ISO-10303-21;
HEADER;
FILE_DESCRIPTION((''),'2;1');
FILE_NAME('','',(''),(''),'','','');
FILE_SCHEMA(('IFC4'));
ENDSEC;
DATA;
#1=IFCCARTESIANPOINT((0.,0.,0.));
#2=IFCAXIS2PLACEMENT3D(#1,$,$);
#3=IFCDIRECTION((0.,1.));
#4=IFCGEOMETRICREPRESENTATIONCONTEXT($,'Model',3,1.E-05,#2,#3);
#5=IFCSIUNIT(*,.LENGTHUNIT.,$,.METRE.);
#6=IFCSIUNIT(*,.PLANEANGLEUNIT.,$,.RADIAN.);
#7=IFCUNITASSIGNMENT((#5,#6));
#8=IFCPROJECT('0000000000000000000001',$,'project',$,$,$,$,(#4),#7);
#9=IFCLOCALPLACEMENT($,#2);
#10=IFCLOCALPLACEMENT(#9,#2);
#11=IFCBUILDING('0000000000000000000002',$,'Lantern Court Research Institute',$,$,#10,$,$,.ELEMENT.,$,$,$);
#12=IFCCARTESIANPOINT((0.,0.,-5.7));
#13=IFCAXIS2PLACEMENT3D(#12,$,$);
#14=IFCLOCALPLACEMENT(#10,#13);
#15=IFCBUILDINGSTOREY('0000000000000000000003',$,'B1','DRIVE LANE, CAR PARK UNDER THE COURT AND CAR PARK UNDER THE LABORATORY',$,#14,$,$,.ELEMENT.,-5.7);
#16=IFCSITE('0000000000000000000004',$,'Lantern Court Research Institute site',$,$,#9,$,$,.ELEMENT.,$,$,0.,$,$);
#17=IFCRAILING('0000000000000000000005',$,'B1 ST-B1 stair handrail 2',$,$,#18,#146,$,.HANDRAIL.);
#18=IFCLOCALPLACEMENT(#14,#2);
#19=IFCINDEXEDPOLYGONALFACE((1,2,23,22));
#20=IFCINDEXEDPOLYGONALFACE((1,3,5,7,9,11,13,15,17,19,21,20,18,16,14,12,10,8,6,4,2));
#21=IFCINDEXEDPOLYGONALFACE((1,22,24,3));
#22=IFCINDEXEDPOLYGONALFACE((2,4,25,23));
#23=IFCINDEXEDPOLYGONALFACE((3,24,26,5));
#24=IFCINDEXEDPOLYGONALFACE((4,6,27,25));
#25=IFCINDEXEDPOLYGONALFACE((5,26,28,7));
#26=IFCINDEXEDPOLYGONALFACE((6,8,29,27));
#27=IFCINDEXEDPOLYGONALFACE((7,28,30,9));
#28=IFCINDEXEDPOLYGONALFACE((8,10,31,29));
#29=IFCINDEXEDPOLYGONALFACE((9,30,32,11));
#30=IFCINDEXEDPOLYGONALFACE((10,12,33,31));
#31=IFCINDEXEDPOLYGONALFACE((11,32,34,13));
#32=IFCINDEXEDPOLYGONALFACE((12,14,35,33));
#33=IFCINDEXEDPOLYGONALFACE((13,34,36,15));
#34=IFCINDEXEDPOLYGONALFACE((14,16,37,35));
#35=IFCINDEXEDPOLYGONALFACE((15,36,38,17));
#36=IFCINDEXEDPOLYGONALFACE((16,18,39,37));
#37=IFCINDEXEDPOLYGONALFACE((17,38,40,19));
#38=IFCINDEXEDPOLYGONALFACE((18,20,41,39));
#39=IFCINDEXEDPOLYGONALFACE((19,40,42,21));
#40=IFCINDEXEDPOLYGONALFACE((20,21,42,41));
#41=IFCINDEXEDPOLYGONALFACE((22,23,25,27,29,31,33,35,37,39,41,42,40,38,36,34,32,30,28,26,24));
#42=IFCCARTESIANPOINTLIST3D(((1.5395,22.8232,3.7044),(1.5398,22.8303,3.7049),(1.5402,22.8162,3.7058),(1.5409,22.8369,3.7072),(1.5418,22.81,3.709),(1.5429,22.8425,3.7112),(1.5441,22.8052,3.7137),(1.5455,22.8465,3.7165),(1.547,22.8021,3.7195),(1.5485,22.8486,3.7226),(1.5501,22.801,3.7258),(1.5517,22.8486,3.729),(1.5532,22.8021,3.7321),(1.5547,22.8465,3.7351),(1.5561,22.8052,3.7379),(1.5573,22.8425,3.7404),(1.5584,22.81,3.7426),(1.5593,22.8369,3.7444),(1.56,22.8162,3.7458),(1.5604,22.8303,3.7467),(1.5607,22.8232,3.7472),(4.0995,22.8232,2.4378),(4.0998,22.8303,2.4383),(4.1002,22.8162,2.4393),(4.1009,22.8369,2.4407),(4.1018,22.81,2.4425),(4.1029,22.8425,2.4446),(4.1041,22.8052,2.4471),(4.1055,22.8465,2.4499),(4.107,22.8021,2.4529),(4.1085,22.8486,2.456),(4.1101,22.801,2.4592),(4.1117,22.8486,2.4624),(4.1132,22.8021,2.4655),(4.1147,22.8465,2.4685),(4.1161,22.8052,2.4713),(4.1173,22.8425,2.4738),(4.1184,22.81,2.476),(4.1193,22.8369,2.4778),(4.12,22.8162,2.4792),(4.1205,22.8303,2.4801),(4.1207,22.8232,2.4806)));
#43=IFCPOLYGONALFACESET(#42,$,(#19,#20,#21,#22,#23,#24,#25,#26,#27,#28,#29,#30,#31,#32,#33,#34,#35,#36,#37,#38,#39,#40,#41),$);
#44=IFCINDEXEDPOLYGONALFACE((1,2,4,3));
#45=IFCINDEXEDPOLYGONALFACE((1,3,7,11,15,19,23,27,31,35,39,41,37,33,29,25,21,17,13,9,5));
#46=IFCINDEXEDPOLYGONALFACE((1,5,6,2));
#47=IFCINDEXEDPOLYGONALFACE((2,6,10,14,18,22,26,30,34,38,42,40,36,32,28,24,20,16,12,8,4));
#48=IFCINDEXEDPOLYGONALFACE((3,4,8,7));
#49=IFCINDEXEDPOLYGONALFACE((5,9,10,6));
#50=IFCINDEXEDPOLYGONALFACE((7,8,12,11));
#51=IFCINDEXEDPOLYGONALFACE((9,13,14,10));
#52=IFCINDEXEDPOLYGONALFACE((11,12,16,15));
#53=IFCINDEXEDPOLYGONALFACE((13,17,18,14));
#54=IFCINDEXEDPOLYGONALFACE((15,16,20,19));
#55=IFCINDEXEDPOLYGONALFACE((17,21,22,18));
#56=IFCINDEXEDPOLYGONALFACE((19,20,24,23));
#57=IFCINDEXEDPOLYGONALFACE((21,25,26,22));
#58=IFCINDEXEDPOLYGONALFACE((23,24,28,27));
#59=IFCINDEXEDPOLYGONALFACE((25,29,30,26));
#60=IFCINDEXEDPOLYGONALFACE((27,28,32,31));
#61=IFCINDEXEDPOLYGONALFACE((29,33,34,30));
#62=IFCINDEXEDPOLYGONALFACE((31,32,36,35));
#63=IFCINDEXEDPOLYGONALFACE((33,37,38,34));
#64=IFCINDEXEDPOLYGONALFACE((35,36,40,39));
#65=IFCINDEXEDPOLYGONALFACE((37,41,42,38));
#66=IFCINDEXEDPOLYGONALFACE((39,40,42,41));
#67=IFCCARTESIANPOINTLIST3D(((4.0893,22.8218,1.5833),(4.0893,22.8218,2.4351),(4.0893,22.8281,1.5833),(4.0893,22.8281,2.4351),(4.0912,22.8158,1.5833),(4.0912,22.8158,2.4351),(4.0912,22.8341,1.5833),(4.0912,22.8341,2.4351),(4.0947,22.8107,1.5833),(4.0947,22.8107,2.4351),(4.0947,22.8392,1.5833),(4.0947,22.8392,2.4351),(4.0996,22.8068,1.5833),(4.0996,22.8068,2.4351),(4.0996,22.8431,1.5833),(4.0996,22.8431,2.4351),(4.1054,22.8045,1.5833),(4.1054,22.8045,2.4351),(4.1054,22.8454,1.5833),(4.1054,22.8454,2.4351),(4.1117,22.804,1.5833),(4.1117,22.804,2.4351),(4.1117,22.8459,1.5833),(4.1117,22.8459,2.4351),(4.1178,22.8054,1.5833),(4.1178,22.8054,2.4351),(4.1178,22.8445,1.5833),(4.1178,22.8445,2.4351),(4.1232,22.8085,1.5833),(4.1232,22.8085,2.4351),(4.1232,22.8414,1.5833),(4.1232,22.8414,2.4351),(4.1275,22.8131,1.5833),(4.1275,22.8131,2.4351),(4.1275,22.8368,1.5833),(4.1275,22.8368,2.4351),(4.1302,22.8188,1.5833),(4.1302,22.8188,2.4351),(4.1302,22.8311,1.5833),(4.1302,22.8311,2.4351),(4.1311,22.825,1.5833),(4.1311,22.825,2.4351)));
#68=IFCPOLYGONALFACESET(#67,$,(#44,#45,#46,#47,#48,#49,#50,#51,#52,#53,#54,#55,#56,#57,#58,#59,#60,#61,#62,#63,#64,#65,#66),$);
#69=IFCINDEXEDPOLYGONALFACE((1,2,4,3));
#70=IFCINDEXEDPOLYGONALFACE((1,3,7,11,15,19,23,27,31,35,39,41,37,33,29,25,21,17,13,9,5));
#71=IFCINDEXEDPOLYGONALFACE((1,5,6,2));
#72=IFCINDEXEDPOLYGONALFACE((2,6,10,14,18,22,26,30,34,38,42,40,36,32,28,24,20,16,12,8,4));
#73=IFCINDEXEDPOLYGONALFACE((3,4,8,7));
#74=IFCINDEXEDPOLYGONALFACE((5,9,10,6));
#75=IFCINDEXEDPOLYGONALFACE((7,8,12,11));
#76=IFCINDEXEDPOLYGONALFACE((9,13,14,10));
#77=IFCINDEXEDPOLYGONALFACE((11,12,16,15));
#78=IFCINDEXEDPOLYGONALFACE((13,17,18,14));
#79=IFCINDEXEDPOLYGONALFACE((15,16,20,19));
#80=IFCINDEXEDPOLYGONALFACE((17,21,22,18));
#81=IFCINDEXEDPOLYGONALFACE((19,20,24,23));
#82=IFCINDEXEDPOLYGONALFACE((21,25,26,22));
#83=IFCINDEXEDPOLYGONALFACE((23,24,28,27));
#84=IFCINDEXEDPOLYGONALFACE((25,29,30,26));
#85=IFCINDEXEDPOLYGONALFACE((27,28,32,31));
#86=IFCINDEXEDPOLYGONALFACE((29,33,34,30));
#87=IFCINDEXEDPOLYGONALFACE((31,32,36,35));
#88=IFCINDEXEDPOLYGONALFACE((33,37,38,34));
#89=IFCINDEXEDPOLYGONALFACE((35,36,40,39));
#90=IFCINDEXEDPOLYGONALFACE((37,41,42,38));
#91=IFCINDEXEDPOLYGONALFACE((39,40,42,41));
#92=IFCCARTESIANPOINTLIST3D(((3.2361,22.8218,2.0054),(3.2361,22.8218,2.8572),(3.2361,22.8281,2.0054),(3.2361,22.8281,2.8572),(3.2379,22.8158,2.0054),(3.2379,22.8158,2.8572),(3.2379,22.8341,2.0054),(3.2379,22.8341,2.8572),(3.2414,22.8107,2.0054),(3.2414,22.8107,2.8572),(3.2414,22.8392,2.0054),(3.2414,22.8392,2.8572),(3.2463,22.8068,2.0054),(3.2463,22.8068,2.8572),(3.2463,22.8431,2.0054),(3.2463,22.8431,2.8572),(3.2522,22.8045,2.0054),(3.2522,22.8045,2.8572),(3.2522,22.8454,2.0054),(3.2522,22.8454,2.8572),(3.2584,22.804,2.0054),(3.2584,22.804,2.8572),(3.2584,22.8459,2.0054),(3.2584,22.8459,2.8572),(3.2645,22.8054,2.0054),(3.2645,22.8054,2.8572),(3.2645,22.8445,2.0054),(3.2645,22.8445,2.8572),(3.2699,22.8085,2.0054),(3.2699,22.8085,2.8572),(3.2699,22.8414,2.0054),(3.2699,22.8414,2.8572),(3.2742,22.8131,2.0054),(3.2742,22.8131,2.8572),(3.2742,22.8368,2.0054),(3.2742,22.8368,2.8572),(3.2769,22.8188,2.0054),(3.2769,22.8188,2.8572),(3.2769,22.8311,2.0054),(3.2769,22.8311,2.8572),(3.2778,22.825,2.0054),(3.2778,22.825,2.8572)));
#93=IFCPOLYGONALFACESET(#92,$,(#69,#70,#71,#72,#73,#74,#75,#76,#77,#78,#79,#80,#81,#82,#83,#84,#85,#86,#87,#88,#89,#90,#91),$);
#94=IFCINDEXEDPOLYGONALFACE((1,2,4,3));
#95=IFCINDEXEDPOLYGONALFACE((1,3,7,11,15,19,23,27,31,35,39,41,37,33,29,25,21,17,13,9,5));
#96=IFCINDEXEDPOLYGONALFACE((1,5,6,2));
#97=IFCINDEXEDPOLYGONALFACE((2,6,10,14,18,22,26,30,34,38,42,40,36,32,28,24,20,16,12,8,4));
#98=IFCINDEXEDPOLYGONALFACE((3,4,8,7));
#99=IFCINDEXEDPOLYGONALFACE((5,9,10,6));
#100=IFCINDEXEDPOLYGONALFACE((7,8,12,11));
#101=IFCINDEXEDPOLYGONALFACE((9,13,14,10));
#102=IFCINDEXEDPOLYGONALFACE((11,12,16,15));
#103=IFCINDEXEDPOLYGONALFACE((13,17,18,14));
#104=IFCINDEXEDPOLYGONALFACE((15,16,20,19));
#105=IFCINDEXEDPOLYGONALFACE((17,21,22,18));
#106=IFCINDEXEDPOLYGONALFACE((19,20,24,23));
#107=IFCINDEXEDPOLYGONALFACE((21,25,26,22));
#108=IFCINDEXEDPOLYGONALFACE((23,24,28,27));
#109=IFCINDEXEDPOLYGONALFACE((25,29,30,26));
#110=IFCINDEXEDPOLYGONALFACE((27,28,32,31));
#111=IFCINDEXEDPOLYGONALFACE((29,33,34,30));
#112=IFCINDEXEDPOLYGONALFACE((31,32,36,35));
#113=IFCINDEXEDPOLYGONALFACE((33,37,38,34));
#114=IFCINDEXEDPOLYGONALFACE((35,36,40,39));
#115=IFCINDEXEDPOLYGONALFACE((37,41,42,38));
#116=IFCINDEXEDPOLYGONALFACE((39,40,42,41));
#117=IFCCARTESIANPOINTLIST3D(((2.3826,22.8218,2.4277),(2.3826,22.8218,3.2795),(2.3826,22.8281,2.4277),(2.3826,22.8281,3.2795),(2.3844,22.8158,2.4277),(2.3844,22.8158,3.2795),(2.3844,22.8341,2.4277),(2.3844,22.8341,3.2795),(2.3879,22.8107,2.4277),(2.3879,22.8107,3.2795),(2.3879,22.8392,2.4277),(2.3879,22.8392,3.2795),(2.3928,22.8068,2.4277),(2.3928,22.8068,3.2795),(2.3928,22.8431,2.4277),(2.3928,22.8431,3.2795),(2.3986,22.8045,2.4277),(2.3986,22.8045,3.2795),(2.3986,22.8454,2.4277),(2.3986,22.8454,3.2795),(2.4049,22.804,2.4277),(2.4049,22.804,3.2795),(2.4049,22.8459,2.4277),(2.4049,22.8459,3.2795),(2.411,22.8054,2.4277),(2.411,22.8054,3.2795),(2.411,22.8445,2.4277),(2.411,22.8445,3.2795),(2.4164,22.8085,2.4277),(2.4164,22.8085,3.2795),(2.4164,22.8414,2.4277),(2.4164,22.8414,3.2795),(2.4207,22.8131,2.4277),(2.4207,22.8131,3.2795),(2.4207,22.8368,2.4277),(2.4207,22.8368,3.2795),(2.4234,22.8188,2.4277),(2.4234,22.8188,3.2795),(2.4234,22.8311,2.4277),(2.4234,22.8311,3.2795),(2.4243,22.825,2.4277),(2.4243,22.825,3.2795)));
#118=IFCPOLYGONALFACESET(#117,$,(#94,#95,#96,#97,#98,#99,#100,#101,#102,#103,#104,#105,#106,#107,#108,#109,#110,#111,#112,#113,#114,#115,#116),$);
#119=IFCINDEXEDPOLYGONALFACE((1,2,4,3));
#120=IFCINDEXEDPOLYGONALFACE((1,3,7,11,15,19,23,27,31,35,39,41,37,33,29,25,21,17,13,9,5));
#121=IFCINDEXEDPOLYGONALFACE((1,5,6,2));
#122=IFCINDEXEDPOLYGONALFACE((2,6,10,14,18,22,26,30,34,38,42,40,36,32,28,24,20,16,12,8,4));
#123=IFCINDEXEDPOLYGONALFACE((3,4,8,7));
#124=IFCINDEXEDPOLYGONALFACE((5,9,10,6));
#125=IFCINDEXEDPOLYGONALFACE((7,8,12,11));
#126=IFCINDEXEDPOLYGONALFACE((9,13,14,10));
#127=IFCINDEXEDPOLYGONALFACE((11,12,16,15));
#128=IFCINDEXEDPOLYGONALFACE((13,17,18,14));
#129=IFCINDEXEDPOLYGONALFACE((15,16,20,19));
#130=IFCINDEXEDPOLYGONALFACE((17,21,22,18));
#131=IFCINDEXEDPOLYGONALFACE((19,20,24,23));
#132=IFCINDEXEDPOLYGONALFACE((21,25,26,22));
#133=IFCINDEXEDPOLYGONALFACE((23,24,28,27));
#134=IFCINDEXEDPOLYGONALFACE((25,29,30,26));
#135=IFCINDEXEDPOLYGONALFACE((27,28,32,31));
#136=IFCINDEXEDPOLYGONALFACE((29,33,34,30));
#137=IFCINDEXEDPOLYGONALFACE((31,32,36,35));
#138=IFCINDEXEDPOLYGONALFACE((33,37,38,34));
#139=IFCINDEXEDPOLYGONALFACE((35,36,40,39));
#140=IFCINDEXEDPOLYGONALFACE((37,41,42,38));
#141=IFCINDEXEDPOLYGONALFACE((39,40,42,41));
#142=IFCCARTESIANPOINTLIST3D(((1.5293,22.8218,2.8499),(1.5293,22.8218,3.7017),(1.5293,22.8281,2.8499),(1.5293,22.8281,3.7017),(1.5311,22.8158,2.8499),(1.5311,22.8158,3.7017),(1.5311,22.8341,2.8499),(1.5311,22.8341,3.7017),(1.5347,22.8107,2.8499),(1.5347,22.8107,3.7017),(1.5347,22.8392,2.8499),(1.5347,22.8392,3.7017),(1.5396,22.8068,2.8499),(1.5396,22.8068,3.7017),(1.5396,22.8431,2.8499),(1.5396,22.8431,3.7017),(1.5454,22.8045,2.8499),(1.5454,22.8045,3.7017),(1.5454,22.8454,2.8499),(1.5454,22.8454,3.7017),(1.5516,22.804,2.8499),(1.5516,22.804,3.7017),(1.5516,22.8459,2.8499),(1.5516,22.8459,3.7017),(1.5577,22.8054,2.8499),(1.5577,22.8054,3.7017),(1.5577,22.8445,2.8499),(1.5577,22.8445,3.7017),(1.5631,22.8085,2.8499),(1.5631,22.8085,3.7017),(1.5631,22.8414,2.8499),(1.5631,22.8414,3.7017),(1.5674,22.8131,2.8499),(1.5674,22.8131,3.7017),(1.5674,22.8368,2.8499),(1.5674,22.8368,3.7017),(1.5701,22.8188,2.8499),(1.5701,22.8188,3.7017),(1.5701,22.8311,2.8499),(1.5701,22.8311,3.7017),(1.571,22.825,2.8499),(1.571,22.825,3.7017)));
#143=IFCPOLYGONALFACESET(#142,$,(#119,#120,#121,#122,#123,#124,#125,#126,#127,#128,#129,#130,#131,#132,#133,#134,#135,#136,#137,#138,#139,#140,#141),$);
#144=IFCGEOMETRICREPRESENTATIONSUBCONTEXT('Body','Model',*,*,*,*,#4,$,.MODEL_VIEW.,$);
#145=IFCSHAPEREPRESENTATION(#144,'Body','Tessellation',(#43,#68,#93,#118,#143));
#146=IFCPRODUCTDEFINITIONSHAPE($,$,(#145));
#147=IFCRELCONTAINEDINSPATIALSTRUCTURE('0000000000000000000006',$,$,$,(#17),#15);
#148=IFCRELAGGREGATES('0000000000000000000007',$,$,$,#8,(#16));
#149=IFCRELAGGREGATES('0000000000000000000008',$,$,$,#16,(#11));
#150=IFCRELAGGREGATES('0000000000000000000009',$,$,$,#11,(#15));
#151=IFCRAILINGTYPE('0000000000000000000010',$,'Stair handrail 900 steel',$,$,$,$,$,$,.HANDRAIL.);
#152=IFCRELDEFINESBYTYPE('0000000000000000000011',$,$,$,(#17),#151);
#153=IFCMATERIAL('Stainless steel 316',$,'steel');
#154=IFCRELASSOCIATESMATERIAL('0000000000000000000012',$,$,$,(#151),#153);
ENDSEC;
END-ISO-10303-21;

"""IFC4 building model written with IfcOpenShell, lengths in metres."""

from ifc_helpers import new_model, si_unit, direction, frame, origin, origin_2d, place, context, subcontext, project, spatial, circle, extrude, material, type_object, element, save


model = new_model("IFC4")

# Units and contexts
model_context = context("Model", 3, precision=1e-05, world=origin(), true_north=direction((0.0, 1.0)))
body_context = subcontext(model_context, "Body", "Model", "MODEL_VIEW")
ifc_project = project(units=[si_unit("LENGTHUNIT", "METRE"), si_unit("PLANEANGLEUNIT", "RADIAN")], contexts=[model_context])

# Site, building, storey
site_placement = place(None, origin())
site = spatial("IfcSite", under=ifc_project, at=site_placement, Name="Lantern Court Research Institute site", CompositionType="ELEMENT", RefElevation=0.0)
building_placement = place(site_placement, origin())
building = spatial("IfcBuilding", under=site, at=building_placement, Name="Lantern Court Research Institute", CompositionType="ELEMENT")
storey_placement = place(building_placement, frame((0.0, 0.0, -5.7)))
storey = spatial("IfcBuildingStorey", under=building, at=storey_placement, Name="B1", Description="DRIVE LANE, CAR PARK UNDER THE COURT AND CAR PARK UNDER THE LABORATORY", CompositionType="ELEMENT", Elevation=-5.7)

# Railing
ifc_material_1 = material(Name="Stainless steel 316", Category="steel")
railing_type_1 = type_object("IfcRailingType", Name="Stair handrail 900 steel", PredefinedType="HANDRAIL", material=ifc_material_1)
for number, where, name in (
    (1, (4.1101, 22.825, 1.5833), "B1 ST-B1 stair handrail 2"),
):
    element("IfcRailing", number, at=place(storey_placement, frame(where)), inside=storey, type_object=railing_type_1, Name=name, PredefinedType="HANDRAIL", context=body_context, shape_type="SweptSolid", body=[
        extrude(circle(Radius=0.0239, at=origin_2d()), frame((0.0, 0.0, 0.876), z_axis=(-0.8963, 0.0, 0.443449), x_axis=(0.0, -1.0, 0.0)), (0.0, 0.0, 1.0), 2.8562),
        extrude(circle(Radius=0.021, at=origin_2d()), origin(), (0.0, 0.0, 1.0), 0.8518),
        extrude(circle(Radius=0.021, at=origin_2d()), frame((-0.8533, 0.0, 0.4221)), (0.0, 0.0, 1.0), 0.8518),
        extrude(circle(Radius=0.021, at=origin_2d()), frame((-1.7068, 0.0, 0.8445)), (0.0, 0.0, 1.0), 0.8518),
        extrude(circle(Radius=0.021, at=origin_2d()), frame((-2.5601, 0.0, 1.2666)), (0.0, 0.0, 1.0), 0.8518),
    ])

save(model, "model.ifc")
